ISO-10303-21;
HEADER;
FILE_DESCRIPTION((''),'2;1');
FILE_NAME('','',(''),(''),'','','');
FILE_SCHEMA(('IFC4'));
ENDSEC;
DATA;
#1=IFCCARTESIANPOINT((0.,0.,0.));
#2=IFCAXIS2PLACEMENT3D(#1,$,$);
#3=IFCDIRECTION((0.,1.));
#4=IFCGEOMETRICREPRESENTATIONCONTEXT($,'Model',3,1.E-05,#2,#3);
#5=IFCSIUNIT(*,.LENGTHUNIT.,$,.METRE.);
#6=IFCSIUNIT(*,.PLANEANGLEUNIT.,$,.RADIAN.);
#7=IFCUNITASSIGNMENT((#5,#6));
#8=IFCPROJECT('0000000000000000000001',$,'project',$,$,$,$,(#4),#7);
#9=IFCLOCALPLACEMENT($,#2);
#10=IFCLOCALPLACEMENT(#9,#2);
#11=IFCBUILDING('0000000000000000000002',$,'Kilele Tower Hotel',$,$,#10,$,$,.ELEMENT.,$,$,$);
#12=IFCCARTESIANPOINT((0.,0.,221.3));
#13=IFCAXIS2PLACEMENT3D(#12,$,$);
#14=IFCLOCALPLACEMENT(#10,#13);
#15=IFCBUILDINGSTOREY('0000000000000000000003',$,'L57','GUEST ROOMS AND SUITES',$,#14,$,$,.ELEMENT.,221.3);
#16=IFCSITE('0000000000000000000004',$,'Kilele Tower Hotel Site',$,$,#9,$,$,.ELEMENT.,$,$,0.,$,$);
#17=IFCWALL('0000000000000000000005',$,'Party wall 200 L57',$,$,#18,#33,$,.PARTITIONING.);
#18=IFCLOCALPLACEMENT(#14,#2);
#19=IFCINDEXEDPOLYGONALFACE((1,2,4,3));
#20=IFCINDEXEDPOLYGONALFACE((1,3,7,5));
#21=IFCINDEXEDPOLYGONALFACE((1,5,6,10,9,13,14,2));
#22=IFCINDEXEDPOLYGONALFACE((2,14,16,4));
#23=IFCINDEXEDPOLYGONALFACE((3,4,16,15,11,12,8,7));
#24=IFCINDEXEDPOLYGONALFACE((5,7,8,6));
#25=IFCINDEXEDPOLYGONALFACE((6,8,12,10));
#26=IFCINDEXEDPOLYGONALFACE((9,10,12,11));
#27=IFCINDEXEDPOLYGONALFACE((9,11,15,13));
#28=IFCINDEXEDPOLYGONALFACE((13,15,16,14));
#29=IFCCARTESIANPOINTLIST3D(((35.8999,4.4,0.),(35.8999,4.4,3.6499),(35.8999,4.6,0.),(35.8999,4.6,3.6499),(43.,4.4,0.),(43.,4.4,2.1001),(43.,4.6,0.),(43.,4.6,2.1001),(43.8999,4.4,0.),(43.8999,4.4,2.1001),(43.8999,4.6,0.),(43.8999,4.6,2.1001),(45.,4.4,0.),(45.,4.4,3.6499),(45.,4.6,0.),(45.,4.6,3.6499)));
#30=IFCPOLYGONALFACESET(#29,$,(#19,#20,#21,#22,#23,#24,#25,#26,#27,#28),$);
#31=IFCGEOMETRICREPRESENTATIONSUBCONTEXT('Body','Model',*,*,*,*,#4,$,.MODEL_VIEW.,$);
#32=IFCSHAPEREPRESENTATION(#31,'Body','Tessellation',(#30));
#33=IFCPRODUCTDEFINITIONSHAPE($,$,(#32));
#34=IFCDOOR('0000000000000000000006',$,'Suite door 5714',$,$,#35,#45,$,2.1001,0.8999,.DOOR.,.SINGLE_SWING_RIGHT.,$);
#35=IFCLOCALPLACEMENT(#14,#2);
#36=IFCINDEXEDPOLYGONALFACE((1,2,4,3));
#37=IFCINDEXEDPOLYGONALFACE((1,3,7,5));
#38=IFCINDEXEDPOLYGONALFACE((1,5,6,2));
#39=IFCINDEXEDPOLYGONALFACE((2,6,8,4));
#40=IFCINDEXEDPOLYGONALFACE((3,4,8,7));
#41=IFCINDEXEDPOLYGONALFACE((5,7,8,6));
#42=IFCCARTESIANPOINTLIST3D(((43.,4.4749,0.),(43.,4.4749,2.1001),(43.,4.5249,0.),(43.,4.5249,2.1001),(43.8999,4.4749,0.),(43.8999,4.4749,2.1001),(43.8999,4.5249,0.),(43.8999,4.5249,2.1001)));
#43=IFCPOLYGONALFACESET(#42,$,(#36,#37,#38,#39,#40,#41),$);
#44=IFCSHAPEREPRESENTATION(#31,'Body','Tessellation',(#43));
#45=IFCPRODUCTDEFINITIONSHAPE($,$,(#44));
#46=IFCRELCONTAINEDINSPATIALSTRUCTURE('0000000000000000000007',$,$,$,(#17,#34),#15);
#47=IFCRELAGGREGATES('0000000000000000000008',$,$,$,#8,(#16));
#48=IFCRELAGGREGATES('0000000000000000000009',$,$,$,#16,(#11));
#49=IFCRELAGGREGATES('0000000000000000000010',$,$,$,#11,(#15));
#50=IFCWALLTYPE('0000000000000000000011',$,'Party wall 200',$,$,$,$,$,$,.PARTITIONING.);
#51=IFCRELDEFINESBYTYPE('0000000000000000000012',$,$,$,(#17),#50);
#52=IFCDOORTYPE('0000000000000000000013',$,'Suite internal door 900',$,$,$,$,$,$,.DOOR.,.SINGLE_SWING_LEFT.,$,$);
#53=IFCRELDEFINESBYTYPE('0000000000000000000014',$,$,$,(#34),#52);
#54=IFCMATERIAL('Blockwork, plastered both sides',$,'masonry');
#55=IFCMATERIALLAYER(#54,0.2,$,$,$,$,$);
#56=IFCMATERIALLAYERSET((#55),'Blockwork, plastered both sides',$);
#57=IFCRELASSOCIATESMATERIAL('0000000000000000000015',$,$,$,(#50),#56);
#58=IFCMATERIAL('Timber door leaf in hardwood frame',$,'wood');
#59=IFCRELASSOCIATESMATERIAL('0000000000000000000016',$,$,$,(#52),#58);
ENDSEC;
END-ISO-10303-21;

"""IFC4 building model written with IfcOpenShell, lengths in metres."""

from ifc_helpers import new_model, si_unit, direction, frame, frame_2d, origin, place, context, subcontext, project, spatial, rectangle, extrude, material, layer, layer_set, type_object, element, fill, save


model = new_model("IFC4")

# Units and contexts
model_context = context("Model", 3, precision=1e-05, world=origin(), true_north=direction((0.0, 1.0)))
body_context = subcontext(model_context, "Body", "Model", "MODEL_VIEW")
ifc_project = project(units=[si_unit("LENGTHUNIT", "METRE"), si_unit("PLANEANGLEUNIT", "RADIAN")], contexts=[model_context])

# Site, building, storey
site_placement = place(None, origin())
site = spatial("IfcSite", under=ifc_project, at=site_placement, Name="Kilele Tower Hotel Site", CompositionType="ELEMENT", RefElevation=0.0)
building_placement = place(site_placement, origin())
building = spatial("IfcBuilding", under=site, at=building_placement, Name="Kilele Tower Hotel", CompositionType="ELEMENT")
storey_placement = place(building_placement, frame((0.0, 0.0, 221.3)))
storey = spatial("IfcBuildingStorey", under=building, at=storey_placement, Name="L57", Description="GUEST ROOMS AND SUITES", CompositionType="ELEMENT", Elevation=221.3)

# Wall, opening, door
ifc_material_1 = material(Name="Blockwork, plastered both sides", Category="masonry")
ifc_layer_1 = layer(ifc_material_1, 0.2)
ifc_layer_set_1 = layer_set([ifc_layer_1], Name="Blockwork, plastered both sides")
wall_type_1 = type_object("IfcWallType", Name="Party wall 200", PredefinedType="PARTITIONING", material=ifc_layer_set_1)
wall_1_placement = place(storey_placement, frame((35.8999, 4.5, 0.0), z_axis=(0.0, 0.0, 1.0), x_axis=(1.0, 0.0, 0.0)))
wall_1 = element("IfcWall", 1, at=wall_1_placement, inside=storey, type_object=wall_type_1, Name="Party wall 200 L57", PredefinedType="PARTITIONING", context=body_context, shape_type="SweptSolid", body=[
    extrude(rectangle(XDim=9.1001, YDim=0.2, at=frame_2d((4.55, 0.0))), origin(), (0.0, 0.0, 1.0), 3.6499),
])
opening_1_placement = place(wall_1_placement, frame((7.1001, 0.0, 0.0)))
opening_1 = element("IfcOpeningElement", 2, at=opening_1_placement, cuts=wall_1, PredefinedType="OPENING", context=body_context, shape_type="SweptSolid", body=[
    extrude(rectangle(XDim=0.8999, YDim=2.1001, at=frame_2d((0.45, 1.05))), frame((0.0, 0.1099, 0.0), z_axis=(0.0, -1.0, 0.0), x_axis=(1.0, 0.0, 0.0)), (0.0, 0.0, 1.0), 0.22),
])
ifc_material_2 = material(Name="Timber door leaf in hardwood frame", Category="wood")
door_type_1 = type_object("IfcDoorType", Name="Suite internal door 900", OperationType="SINGLE_SWING_LEFT", PredefinedType="DOOR", material=ifc_material_2)
door_1_placement = place(opening_1_placement, origin())
door_1 = element("IfcDoor", 3, at=door_1_placement, inside=storey, type_object=door_type_1, Name="Suite door 5714", OperationType="SINGLE_SWING_RIGHT", OverallHeight=2.1001, OverallWidth=0.8999, PredefinedType="DOOR", context=body_context, shape_type="SweptSolid", body=[
    extrude(rectangle(XDim=0.8999, YDim=2.1001, at=frame_2d((0.45, 1.05))), frame((0.0, 0.0249, 0.0), z_axis=(0.0, -1.0, 0.0), x_axis=(1.0, 0.0, 0.0)), (0.0, 0.0, 1.0), 0.05),
])
fill(opening_1, door_1)

save(model, "model.ifc")
